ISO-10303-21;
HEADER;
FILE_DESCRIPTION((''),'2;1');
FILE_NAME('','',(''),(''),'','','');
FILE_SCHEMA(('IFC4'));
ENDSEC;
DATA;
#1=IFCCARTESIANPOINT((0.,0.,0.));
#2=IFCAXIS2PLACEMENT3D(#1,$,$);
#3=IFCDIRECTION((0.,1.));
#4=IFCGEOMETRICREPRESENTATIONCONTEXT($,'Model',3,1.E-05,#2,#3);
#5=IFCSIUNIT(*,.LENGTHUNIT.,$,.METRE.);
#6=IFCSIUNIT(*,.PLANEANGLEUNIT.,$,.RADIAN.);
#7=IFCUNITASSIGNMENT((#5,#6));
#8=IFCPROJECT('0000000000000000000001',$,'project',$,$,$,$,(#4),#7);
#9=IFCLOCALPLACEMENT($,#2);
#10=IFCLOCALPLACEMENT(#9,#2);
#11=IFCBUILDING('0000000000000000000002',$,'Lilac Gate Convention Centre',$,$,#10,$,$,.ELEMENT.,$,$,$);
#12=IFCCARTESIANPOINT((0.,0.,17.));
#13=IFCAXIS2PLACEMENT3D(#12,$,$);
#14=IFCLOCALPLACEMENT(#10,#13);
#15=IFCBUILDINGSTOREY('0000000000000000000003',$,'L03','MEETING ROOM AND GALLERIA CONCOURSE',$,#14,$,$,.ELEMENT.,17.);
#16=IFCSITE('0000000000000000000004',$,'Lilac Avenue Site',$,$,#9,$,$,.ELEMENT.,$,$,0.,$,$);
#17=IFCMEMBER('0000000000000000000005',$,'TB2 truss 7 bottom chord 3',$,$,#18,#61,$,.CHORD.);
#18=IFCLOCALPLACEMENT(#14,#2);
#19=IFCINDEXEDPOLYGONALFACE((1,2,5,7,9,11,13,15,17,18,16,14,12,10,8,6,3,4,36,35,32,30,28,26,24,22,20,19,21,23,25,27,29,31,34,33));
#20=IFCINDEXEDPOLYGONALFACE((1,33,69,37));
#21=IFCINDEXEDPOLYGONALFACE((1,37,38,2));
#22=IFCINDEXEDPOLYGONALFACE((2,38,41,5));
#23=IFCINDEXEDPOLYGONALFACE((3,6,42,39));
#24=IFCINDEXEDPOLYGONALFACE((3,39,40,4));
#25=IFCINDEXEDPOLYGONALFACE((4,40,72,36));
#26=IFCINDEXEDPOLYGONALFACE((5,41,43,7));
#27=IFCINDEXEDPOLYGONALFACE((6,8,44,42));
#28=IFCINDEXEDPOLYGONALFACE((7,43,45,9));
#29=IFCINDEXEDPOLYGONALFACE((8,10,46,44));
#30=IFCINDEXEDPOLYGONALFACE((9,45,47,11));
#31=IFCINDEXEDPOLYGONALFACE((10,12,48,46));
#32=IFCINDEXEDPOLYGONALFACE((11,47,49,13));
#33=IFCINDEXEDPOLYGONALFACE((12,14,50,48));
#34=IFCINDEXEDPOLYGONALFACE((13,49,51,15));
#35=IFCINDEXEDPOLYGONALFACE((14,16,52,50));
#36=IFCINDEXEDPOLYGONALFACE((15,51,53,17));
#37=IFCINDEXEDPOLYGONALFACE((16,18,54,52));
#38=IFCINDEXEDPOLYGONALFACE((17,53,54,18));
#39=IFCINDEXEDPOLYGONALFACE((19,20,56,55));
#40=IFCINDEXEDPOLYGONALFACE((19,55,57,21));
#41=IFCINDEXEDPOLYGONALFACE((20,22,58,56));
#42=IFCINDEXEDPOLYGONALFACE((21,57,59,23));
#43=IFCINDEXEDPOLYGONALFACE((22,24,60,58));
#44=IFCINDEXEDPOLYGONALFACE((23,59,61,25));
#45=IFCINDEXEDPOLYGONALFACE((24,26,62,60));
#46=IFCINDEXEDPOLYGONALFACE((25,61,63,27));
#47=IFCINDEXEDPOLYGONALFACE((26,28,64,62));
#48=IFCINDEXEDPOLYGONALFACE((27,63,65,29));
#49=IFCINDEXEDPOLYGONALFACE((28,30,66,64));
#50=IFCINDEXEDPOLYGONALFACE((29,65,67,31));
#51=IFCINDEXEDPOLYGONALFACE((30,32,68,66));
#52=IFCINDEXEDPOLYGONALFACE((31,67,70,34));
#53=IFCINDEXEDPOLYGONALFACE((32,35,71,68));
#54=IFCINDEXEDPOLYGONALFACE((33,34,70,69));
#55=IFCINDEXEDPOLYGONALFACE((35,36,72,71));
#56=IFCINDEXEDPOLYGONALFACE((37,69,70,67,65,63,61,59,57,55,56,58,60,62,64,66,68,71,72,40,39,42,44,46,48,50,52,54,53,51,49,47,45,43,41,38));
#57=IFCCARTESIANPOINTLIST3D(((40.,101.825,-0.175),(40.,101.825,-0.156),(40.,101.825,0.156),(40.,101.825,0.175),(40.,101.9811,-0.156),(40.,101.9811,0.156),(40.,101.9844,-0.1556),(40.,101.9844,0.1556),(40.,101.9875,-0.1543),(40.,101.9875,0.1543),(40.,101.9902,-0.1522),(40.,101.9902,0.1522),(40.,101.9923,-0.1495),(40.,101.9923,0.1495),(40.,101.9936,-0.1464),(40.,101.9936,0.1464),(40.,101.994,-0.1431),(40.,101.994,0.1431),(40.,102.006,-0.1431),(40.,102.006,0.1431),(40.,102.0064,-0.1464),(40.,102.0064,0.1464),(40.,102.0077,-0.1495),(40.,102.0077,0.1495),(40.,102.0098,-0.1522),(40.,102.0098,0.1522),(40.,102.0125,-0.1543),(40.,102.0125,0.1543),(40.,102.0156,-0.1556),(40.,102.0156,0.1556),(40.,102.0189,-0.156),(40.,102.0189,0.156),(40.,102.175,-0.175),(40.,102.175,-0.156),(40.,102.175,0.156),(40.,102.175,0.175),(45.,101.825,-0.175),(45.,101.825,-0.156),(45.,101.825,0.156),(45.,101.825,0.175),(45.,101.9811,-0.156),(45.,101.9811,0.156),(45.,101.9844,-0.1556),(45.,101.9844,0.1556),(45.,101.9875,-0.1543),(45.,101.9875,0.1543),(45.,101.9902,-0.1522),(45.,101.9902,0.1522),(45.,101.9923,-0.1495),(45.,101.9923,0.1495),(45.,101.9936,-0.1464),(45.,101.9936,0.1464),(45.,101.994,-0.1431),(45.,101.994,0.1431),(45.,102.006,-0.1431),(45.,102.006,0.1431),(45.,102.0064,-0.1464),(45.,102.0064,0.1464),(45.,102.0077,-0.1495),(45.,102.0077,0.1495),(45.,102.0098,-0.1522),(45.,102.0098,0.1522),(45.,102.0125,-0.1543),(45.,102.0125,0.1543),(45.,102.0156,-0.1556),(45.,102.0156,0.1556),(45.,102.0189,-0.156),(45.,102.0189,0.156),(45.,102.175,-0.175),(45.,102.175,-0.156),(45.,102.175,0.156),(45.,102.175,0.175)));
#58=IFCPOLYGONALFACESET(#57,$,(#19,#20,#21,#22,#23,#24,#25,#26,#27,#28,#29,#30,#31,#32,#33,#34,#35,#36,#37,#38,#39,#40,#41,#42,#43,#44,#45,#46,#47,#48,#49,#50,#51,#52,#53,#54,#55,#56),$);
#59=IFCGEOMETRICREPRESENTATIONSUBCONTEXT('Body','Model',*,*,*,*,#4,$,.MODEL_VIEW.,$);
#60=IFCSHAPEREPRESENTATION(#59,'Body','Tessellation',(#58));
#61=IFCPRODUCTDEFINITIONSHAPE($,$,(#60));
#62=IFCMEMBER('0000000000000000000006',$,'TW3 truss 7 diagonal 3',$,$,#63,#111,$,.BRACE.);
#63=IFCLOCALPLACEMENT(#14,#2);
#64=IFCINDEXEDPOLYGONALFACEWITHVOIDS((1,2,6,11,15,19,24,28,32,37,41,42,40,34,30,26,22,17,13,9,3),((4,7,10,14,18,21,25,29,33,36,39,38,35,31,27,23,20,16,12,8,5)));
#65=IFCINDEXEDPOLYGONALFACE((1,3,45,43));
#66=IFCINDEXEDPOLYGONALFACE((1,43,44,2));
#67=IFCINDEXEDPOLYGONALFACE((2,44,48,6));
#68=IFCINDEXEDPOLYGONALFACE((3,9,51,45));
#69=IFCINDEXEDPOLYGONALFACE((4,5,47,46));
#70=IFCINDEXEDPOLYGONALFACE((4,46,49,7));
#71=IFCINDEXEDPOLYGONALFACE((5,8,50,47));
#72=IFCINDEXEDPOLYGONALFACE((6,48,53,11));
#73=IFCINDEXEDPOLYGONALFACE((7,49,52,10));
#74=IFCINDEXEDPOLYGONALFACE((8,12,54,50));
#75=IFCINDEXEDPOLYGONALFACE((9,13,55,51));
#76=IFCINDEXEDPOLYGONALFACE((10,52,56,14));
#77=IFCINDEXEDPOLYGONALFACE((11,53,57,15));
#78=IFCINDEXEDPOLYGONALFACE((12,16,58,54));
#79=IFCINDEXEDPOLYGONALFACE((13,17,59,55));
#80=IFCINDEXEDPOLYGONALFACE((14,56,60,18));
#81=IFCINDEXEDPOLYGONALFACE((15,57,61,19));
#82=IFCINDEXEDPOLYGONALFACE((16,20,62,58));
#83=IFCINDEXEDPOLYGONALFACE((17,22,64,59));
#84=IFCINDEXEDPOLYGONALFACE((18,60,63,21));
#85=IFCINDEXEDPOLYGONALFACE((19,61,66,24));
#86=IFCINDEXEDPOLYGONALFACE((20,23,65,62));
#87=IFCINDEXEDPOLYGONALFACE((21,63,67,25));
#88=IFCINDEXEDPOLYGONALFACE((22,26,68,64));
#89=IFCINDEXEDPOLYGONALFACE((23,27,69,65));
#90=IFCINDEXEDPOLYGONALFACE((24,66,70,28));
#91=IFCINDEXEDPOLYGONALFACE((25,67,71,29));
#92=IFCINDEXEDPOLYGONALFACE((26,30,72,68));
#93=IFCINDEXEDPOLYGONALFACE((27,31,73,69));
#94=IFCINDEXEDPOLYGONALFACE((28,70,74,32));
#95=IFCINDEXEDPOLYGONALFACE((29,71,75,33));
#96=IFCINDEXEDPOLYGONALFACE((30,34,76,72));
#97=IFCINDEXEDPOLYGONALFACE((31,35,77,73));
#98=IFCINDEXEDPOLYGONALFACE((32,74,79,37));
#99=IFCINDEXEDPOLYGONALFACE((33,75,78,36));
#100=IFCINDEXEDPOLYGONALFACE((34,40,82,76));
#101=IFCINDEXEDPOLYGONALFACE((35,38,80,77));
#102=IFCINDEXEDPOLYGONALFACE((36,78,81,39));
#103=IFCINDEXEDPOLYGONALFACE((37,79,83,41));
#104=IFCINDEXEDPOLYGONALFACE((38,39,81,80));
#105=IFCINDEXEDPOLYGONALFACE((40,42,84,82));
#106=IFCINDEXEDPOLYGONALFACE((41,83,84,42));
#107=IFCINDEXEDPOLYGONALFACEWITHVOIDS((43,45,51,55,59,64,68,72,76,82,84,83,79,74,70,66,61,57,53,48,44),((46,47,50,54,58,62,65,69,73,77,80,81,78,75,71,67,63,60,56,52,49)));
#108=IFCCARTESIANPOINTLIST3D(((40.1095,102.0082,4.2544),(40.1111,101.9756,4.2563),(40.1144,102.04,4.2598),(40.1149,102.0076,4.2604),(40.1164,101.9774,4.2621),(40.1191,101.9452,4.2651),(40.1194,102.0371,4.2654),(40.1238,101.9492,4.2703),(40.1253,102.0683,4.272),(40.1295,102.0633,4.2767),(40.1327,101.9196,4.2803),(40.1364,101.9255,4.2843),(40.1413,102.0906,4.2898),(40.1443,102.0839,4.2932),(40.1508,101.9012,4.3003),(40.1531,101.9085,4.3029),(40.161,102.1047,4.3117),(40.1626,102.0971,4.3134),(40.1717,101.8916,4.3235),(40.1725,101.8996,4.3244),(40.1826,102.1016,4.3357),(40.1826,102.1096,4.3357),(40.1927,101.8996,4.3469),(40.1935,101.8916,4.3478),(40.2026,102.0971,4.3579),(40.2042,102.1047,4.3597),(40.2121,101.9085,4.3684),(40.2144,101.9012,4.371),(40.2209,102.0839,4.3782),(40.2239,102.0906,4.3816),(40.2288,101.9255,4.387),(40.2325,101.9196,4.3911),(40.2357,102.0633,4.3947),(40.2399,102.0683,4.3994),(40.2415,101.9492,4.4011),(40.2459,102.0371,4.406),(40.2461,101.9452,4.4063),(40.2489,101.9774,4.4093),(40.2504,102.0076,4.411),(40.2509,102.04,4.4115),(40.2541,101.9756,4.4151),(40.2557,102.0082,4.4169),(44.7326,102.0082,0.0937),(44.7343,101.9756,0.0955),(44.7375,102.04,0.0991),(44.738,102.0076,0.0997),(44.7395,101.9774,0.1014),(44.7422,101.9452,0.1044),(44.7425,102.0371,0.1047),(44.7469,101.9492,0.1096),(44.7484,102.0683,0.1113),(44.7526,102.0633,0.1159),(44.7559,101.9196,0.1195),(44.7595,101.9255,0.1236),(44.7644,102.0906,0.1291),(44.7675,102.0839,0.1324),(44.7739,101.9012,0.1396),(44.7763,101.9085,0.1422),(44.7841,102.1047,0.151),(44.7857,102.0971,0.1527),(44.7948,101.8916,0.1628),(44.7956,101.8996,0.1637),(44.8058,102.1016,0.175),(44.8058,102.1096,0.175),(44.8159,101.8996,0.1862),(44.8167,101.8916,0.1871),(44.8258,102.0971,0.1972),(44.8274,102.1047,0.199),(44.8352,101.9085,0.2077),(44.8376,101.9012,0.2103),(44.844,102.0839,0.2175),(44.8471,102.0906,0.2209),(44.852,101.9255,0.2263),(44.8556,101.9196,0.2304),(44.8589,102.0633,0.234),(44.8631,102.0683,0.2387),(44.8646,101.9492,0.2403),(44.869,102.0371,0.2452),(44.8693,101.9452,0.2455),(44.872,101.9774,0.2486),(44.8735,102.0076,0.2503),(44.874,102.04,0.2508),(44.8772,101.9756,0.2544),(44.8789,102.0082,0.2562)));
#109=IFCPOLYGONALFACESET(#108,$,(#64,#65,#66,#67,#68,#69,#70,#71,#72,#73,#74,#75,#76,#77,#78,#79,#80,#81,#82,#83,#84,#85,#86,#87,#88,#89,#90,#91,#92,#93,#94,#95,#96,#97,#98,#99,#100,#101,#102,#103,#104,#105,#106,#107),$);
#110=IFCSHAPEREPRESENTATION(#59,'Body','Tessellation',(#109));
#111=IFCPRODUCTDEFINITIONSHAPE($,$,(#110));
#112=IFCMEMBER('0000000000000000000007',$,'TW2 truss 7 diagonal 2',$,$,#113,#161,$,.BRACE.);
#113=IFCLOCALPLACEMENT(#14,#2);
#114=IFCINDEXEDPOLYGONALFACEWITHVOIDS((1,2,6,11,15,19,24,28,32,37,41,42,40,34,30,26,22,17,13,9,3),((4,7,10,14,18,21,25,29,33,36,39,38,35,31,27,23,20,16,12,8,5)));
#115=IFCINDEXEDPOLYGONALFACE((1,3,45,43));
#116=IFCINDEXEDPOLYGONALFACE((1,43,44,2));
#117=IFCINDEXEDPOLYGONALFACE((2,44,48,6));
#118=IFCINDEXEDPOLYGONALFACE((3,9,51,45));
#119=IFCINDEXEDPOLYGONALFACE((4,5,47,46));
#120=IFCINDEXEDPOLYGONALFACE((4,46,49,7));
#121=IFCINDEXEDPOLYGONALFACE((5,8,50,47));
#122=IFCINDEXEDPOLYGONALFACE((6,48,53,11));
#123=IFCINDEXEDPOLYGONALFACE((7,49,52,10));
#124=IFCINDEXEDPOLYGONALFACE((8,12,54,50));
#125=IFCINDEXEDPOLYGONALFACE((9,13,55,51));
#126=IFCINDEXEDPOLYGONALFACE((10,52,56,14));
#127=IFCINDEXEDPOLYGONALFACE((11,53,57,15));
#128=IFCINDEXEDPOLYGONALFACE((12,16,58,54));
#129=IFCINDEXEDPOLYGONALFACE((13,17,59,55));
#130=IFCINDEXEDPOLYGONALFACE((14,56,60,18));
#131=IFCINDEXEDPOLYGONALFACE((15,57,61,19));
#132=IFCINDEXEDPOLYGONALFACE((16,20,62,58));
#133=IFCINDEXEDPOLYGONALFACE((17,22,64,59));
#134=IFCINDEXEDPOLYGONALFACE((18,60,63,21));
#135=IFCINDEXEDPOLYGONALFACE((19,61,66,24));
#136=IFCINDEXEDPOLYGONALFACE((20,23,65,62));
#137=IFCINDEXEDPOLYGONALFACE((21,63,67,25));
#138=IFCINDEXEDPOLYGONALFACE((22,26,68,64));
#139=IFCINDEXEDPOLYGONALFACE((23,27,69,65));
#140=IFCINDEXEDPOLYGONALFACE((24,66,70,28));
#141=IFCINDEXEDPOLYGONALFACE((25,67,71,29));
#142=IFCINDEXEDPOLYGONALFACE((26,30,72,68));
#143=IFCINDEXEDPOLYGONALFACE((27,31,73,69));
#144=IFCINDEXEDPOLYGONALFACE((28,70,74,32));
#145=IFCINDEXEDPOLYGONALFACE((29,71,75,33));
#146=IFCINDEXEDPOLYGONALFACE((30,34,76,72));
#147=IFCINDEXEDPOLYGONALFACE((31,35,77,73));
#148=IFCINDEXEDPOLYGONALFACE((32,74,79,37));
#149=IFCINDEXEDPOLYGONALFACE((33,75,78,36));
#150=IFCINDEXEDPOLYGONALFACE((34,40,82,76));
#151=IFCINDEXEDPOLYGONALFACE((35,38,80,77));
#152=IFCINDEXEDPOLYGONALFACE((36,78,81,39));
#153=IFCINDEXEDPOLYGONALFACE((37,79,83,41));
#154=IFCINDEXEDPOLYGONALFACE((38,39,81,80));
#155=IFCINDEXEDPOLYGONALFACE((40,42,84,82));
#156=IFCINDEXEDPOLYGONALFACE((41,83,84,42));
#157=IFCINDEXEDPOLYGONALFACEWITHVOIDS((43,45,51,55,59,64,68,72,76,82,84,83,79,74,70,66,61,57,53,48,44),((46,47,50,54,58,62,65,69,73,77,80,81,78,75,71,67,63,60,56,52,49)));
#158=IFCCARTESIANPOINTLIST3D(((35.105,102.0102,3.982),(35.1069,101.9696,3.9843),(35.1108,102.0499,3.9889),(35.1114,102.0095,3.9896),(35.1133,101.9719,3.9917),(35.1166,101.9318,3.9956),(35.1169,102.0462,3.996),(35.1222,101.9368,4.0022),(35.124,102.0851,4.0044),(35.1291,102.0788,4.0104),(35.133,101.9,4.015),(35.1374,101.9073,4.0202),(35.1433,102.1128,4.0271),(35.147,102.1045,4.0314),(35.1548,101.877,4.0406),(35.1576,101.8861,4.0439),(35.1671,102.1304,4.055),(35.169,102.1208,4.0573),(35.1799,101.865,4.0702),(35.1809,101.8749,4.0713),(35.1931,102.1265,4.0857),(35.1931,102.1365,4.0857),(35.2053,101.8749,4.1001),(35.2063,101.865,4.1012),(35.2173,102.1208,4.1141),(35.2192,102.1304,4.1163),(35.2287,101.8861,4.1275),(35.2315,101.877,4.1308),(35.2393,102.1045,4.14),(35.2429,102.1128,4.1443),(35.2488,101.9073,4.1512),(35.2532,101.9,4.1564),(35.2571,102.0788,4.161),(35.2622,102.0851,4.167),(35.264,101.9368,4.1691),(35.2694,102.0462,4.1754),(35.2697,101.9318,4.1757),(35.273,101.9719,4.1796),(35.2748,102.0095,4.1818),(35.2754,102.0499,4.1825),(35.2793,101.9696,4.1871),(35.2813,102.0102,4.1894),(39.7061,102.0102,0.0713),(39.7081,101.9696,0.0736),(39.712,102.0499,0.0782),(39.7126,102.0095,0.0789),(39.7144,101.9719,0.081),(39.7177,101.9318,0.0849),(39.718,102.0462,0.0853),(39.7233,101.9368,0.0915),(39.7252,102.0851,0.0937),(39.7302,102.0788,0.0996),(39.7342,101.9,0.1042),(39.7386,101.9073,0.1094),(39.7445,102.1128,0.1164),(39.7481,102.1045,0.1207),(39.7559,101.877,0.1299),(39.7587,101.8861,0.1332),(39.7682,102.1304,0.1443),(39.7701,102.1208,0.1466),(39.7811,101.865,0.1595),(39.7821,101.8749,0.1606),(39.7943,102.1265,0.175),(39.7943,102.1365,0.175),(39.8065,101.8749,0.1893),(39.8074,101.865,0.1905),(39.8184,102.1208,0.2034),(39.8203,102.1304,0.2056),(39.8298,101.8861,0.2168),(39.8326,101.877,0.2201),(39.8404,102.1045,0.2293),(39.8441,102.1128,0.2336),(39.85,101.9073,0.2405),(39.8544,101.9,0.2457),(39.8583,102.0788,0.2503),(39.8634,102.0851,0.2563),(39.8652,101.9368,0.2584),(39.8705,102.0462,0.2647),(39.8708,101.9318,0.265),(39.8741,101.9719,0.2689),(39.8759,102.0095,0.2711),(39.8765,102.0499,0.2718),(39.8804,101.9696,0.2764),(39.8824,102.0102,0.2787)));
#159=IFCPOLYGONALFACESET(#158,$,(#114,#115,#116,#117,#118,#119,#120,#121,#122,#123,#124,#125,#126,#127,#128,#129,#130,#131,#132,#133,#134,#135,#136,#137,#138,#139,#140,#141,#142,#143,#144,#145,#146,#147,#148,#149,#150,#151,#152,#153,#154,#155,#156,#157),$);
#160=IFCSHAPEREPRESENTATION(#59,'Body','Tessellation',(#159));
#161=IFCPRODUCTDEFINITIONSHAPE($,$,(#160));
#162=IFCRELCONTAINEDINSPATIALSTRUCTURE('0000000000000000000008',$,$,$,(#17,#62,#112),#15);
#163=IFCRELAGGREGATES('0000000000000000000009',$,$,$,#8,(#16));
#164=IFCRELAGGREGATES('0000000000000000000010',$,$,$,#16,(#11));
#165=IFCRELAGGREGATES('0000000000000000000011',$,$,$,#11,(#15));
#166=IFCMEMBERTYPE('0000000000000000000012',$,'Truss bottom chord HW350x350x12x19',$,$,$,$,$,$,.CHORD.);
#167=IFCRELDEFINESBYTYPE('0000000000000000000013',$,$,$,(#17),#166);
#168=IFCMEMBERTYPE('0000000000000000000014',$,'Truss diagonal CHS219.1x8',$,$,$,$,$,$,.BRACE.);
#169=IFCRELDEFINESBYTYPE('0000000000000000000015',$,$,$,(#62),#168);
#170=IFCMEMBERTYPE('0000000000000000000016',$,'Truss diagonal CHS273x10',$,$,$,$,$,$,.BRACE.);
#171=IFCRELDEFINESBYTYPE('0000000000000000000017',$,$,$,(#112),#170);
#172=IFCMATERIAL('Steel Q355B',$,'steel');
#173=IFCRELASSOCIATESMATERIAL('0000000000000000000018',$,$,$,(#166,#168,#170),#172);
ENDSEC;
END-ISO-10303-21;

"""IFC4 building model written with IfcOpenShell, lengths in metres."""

from ifc_helpers import new_model, si_unit, direction, frame, origin, origin_2d, place, context, subcontext, project, spatial, hollow_circle, i_section, extrude, material, material_profile, profile_set, type_object, element, save


model = new_model("IFC4")

# Units and contexts
model_context = context("Model", 3, precision=1e-05, world=origin(), true_north=direction((0.0, 1.0)))
body_context = subcontext(model_context, "Body", "Model", "MODEL_VIEW")
ifc_project = project(units=[si_unit("LENGTHUNIT", "METRE"), si_unit("PLANEANGLEUNIT", "RADIAN")], contexts=[model_context])

# Site, building, storey
site_placement = place(None, origin())
site = spatial("IfcSite", under=ifc_project, at=site_placement, Name="Lilac Avenue Site", CompositionType="ELEMENT", RefElevation=0.0)
building_placement = place(site_placement, origin())
building = spatial("IfcBuilding", under=site, at=building_placement, Name="Lilac Gate Convention Centre", CompositionType="ELEMENT")
storey_placement = place(building_placement, frame((0.0, 0.0, 17.0)))
storey = spatial("IfcBuildingStorey", under=building, at=storey_placement, Name="L03", Description="MEETING ROOM AND GALLERIA CONCOURSE", CompositionType="ELEMENT", Elevation=17.0)

# Members
ifc_material = material(Name="Steel Q355B", Category="steel")
ifc_material_profile_1 = material_profile(ifc_material, i_section(OverallWidth=0.3501, OverallDepth=0.3501, WebThickness=0.012, FlangeThickness=0.019, FilletRadius=0.0129, at=origin_2d()), Name="HW350x350x12x19")
ifc_profile_set_1 = profile_set([ifc_material_profile_1], Name="Steel Q355B")
member_type_1 = type_object("IfcMemberType", Name="Truss bottom chord HW350x350x12x19", PredefinedType="CHORD", material=ifc_profile_set_1)
member_1_placement = place(storey_placement, frame((40.0, 102.0, 0.0), z_axis=(1.0, 0.0, 0.0), x_axis=(0.0, 1.0, 0.0)))
element("IfcMember", 1, at=member_1_placement, inside=storey, type_object=member_type_1, Name="TB2 truss 7 bottom chord 3", PredefinedType="CHORD", context=body_context, shape_type="SweptSolid", body=[
    extrude(i_section(OverallWidth=0.3501, OverallDepth=0.3501, WebThickness=0.012, FlangeThickness=0.019, FilletRadius=0.0129, at=origin_2d()), origin(), (0.0, 0.0, 1.0), 5.0),
])
ifc_material_profile_2 = material_profile(ifc_material, hollow_circle(Radius=0.1096, WallThickness=0.0081, at=origin_2d()), Name="CHS219.1x8")
ifc_profile_set_2 = profile_set([ifc_material_profile_2], Name="Steel Q355B")
member_type_2 = type_object("IfcMemberType", Name="Truss diagonal CHS219.1x8", PredefinedType="BRACE", material=ifc_profile_set_2)
member_2_placement = place(storey_placement, frame((40.1826, 102.0, 4.3357), z_axis=(0.743302, 0.0, -0.668956), x_axis=(0.0, 1.0, 0.0)))
element("IfcMember", 2, at=member_2_placement, inside=storey, type_object=member_type_2, Name="TW3 truss 7 diagonal 3", PredefinedType="BRACE", context=body_context, shape_type="SweptSolid", body=[
    extrude(hollow_circle(Radius=0.1096, WallThickness=0.0081, at=origin_2d()), origin(), (0.0, 0.0, 1.0), 6.2197),
])
ifc_material_profile_3 = material_profile(ifc_material, hollow_circle(Radius=0.1365, WallThickness=0.01, at=origin_2d()), Name="CHS273x10")
ifc_profile_set_3 = profile_set([ifc_material_profile_3], Name="Steel Q355B")
member_type_3 = type_object("IfcMemberType", Name="Truss diagonal CHS273x10", PredefinedType="BRACE", material=ifc_profile_set_3)
member_3_placement = place(storey_placement, frame((35.1931, 102.0, 4.0857), z_axis=(0.761961, 0.0, -0.647623), x_axis=(0.0, 1.0, 0.0)))
element("IfcMember", 3, at=member_3_placement, inside=storey, type_object=member_type_3, Name="TW2 truss 7 diagonal 2", PredefinedType="BRACE", context=body_context, shape_type="SweptSolid", body=[
    extrude(hollow_circle(Radius=0.1365, WallThickness=0.01, at=origin_2d()), origin(), (0.0, 0.0, 1.0), 6.0386),
])

save(model, "model.ifc")
